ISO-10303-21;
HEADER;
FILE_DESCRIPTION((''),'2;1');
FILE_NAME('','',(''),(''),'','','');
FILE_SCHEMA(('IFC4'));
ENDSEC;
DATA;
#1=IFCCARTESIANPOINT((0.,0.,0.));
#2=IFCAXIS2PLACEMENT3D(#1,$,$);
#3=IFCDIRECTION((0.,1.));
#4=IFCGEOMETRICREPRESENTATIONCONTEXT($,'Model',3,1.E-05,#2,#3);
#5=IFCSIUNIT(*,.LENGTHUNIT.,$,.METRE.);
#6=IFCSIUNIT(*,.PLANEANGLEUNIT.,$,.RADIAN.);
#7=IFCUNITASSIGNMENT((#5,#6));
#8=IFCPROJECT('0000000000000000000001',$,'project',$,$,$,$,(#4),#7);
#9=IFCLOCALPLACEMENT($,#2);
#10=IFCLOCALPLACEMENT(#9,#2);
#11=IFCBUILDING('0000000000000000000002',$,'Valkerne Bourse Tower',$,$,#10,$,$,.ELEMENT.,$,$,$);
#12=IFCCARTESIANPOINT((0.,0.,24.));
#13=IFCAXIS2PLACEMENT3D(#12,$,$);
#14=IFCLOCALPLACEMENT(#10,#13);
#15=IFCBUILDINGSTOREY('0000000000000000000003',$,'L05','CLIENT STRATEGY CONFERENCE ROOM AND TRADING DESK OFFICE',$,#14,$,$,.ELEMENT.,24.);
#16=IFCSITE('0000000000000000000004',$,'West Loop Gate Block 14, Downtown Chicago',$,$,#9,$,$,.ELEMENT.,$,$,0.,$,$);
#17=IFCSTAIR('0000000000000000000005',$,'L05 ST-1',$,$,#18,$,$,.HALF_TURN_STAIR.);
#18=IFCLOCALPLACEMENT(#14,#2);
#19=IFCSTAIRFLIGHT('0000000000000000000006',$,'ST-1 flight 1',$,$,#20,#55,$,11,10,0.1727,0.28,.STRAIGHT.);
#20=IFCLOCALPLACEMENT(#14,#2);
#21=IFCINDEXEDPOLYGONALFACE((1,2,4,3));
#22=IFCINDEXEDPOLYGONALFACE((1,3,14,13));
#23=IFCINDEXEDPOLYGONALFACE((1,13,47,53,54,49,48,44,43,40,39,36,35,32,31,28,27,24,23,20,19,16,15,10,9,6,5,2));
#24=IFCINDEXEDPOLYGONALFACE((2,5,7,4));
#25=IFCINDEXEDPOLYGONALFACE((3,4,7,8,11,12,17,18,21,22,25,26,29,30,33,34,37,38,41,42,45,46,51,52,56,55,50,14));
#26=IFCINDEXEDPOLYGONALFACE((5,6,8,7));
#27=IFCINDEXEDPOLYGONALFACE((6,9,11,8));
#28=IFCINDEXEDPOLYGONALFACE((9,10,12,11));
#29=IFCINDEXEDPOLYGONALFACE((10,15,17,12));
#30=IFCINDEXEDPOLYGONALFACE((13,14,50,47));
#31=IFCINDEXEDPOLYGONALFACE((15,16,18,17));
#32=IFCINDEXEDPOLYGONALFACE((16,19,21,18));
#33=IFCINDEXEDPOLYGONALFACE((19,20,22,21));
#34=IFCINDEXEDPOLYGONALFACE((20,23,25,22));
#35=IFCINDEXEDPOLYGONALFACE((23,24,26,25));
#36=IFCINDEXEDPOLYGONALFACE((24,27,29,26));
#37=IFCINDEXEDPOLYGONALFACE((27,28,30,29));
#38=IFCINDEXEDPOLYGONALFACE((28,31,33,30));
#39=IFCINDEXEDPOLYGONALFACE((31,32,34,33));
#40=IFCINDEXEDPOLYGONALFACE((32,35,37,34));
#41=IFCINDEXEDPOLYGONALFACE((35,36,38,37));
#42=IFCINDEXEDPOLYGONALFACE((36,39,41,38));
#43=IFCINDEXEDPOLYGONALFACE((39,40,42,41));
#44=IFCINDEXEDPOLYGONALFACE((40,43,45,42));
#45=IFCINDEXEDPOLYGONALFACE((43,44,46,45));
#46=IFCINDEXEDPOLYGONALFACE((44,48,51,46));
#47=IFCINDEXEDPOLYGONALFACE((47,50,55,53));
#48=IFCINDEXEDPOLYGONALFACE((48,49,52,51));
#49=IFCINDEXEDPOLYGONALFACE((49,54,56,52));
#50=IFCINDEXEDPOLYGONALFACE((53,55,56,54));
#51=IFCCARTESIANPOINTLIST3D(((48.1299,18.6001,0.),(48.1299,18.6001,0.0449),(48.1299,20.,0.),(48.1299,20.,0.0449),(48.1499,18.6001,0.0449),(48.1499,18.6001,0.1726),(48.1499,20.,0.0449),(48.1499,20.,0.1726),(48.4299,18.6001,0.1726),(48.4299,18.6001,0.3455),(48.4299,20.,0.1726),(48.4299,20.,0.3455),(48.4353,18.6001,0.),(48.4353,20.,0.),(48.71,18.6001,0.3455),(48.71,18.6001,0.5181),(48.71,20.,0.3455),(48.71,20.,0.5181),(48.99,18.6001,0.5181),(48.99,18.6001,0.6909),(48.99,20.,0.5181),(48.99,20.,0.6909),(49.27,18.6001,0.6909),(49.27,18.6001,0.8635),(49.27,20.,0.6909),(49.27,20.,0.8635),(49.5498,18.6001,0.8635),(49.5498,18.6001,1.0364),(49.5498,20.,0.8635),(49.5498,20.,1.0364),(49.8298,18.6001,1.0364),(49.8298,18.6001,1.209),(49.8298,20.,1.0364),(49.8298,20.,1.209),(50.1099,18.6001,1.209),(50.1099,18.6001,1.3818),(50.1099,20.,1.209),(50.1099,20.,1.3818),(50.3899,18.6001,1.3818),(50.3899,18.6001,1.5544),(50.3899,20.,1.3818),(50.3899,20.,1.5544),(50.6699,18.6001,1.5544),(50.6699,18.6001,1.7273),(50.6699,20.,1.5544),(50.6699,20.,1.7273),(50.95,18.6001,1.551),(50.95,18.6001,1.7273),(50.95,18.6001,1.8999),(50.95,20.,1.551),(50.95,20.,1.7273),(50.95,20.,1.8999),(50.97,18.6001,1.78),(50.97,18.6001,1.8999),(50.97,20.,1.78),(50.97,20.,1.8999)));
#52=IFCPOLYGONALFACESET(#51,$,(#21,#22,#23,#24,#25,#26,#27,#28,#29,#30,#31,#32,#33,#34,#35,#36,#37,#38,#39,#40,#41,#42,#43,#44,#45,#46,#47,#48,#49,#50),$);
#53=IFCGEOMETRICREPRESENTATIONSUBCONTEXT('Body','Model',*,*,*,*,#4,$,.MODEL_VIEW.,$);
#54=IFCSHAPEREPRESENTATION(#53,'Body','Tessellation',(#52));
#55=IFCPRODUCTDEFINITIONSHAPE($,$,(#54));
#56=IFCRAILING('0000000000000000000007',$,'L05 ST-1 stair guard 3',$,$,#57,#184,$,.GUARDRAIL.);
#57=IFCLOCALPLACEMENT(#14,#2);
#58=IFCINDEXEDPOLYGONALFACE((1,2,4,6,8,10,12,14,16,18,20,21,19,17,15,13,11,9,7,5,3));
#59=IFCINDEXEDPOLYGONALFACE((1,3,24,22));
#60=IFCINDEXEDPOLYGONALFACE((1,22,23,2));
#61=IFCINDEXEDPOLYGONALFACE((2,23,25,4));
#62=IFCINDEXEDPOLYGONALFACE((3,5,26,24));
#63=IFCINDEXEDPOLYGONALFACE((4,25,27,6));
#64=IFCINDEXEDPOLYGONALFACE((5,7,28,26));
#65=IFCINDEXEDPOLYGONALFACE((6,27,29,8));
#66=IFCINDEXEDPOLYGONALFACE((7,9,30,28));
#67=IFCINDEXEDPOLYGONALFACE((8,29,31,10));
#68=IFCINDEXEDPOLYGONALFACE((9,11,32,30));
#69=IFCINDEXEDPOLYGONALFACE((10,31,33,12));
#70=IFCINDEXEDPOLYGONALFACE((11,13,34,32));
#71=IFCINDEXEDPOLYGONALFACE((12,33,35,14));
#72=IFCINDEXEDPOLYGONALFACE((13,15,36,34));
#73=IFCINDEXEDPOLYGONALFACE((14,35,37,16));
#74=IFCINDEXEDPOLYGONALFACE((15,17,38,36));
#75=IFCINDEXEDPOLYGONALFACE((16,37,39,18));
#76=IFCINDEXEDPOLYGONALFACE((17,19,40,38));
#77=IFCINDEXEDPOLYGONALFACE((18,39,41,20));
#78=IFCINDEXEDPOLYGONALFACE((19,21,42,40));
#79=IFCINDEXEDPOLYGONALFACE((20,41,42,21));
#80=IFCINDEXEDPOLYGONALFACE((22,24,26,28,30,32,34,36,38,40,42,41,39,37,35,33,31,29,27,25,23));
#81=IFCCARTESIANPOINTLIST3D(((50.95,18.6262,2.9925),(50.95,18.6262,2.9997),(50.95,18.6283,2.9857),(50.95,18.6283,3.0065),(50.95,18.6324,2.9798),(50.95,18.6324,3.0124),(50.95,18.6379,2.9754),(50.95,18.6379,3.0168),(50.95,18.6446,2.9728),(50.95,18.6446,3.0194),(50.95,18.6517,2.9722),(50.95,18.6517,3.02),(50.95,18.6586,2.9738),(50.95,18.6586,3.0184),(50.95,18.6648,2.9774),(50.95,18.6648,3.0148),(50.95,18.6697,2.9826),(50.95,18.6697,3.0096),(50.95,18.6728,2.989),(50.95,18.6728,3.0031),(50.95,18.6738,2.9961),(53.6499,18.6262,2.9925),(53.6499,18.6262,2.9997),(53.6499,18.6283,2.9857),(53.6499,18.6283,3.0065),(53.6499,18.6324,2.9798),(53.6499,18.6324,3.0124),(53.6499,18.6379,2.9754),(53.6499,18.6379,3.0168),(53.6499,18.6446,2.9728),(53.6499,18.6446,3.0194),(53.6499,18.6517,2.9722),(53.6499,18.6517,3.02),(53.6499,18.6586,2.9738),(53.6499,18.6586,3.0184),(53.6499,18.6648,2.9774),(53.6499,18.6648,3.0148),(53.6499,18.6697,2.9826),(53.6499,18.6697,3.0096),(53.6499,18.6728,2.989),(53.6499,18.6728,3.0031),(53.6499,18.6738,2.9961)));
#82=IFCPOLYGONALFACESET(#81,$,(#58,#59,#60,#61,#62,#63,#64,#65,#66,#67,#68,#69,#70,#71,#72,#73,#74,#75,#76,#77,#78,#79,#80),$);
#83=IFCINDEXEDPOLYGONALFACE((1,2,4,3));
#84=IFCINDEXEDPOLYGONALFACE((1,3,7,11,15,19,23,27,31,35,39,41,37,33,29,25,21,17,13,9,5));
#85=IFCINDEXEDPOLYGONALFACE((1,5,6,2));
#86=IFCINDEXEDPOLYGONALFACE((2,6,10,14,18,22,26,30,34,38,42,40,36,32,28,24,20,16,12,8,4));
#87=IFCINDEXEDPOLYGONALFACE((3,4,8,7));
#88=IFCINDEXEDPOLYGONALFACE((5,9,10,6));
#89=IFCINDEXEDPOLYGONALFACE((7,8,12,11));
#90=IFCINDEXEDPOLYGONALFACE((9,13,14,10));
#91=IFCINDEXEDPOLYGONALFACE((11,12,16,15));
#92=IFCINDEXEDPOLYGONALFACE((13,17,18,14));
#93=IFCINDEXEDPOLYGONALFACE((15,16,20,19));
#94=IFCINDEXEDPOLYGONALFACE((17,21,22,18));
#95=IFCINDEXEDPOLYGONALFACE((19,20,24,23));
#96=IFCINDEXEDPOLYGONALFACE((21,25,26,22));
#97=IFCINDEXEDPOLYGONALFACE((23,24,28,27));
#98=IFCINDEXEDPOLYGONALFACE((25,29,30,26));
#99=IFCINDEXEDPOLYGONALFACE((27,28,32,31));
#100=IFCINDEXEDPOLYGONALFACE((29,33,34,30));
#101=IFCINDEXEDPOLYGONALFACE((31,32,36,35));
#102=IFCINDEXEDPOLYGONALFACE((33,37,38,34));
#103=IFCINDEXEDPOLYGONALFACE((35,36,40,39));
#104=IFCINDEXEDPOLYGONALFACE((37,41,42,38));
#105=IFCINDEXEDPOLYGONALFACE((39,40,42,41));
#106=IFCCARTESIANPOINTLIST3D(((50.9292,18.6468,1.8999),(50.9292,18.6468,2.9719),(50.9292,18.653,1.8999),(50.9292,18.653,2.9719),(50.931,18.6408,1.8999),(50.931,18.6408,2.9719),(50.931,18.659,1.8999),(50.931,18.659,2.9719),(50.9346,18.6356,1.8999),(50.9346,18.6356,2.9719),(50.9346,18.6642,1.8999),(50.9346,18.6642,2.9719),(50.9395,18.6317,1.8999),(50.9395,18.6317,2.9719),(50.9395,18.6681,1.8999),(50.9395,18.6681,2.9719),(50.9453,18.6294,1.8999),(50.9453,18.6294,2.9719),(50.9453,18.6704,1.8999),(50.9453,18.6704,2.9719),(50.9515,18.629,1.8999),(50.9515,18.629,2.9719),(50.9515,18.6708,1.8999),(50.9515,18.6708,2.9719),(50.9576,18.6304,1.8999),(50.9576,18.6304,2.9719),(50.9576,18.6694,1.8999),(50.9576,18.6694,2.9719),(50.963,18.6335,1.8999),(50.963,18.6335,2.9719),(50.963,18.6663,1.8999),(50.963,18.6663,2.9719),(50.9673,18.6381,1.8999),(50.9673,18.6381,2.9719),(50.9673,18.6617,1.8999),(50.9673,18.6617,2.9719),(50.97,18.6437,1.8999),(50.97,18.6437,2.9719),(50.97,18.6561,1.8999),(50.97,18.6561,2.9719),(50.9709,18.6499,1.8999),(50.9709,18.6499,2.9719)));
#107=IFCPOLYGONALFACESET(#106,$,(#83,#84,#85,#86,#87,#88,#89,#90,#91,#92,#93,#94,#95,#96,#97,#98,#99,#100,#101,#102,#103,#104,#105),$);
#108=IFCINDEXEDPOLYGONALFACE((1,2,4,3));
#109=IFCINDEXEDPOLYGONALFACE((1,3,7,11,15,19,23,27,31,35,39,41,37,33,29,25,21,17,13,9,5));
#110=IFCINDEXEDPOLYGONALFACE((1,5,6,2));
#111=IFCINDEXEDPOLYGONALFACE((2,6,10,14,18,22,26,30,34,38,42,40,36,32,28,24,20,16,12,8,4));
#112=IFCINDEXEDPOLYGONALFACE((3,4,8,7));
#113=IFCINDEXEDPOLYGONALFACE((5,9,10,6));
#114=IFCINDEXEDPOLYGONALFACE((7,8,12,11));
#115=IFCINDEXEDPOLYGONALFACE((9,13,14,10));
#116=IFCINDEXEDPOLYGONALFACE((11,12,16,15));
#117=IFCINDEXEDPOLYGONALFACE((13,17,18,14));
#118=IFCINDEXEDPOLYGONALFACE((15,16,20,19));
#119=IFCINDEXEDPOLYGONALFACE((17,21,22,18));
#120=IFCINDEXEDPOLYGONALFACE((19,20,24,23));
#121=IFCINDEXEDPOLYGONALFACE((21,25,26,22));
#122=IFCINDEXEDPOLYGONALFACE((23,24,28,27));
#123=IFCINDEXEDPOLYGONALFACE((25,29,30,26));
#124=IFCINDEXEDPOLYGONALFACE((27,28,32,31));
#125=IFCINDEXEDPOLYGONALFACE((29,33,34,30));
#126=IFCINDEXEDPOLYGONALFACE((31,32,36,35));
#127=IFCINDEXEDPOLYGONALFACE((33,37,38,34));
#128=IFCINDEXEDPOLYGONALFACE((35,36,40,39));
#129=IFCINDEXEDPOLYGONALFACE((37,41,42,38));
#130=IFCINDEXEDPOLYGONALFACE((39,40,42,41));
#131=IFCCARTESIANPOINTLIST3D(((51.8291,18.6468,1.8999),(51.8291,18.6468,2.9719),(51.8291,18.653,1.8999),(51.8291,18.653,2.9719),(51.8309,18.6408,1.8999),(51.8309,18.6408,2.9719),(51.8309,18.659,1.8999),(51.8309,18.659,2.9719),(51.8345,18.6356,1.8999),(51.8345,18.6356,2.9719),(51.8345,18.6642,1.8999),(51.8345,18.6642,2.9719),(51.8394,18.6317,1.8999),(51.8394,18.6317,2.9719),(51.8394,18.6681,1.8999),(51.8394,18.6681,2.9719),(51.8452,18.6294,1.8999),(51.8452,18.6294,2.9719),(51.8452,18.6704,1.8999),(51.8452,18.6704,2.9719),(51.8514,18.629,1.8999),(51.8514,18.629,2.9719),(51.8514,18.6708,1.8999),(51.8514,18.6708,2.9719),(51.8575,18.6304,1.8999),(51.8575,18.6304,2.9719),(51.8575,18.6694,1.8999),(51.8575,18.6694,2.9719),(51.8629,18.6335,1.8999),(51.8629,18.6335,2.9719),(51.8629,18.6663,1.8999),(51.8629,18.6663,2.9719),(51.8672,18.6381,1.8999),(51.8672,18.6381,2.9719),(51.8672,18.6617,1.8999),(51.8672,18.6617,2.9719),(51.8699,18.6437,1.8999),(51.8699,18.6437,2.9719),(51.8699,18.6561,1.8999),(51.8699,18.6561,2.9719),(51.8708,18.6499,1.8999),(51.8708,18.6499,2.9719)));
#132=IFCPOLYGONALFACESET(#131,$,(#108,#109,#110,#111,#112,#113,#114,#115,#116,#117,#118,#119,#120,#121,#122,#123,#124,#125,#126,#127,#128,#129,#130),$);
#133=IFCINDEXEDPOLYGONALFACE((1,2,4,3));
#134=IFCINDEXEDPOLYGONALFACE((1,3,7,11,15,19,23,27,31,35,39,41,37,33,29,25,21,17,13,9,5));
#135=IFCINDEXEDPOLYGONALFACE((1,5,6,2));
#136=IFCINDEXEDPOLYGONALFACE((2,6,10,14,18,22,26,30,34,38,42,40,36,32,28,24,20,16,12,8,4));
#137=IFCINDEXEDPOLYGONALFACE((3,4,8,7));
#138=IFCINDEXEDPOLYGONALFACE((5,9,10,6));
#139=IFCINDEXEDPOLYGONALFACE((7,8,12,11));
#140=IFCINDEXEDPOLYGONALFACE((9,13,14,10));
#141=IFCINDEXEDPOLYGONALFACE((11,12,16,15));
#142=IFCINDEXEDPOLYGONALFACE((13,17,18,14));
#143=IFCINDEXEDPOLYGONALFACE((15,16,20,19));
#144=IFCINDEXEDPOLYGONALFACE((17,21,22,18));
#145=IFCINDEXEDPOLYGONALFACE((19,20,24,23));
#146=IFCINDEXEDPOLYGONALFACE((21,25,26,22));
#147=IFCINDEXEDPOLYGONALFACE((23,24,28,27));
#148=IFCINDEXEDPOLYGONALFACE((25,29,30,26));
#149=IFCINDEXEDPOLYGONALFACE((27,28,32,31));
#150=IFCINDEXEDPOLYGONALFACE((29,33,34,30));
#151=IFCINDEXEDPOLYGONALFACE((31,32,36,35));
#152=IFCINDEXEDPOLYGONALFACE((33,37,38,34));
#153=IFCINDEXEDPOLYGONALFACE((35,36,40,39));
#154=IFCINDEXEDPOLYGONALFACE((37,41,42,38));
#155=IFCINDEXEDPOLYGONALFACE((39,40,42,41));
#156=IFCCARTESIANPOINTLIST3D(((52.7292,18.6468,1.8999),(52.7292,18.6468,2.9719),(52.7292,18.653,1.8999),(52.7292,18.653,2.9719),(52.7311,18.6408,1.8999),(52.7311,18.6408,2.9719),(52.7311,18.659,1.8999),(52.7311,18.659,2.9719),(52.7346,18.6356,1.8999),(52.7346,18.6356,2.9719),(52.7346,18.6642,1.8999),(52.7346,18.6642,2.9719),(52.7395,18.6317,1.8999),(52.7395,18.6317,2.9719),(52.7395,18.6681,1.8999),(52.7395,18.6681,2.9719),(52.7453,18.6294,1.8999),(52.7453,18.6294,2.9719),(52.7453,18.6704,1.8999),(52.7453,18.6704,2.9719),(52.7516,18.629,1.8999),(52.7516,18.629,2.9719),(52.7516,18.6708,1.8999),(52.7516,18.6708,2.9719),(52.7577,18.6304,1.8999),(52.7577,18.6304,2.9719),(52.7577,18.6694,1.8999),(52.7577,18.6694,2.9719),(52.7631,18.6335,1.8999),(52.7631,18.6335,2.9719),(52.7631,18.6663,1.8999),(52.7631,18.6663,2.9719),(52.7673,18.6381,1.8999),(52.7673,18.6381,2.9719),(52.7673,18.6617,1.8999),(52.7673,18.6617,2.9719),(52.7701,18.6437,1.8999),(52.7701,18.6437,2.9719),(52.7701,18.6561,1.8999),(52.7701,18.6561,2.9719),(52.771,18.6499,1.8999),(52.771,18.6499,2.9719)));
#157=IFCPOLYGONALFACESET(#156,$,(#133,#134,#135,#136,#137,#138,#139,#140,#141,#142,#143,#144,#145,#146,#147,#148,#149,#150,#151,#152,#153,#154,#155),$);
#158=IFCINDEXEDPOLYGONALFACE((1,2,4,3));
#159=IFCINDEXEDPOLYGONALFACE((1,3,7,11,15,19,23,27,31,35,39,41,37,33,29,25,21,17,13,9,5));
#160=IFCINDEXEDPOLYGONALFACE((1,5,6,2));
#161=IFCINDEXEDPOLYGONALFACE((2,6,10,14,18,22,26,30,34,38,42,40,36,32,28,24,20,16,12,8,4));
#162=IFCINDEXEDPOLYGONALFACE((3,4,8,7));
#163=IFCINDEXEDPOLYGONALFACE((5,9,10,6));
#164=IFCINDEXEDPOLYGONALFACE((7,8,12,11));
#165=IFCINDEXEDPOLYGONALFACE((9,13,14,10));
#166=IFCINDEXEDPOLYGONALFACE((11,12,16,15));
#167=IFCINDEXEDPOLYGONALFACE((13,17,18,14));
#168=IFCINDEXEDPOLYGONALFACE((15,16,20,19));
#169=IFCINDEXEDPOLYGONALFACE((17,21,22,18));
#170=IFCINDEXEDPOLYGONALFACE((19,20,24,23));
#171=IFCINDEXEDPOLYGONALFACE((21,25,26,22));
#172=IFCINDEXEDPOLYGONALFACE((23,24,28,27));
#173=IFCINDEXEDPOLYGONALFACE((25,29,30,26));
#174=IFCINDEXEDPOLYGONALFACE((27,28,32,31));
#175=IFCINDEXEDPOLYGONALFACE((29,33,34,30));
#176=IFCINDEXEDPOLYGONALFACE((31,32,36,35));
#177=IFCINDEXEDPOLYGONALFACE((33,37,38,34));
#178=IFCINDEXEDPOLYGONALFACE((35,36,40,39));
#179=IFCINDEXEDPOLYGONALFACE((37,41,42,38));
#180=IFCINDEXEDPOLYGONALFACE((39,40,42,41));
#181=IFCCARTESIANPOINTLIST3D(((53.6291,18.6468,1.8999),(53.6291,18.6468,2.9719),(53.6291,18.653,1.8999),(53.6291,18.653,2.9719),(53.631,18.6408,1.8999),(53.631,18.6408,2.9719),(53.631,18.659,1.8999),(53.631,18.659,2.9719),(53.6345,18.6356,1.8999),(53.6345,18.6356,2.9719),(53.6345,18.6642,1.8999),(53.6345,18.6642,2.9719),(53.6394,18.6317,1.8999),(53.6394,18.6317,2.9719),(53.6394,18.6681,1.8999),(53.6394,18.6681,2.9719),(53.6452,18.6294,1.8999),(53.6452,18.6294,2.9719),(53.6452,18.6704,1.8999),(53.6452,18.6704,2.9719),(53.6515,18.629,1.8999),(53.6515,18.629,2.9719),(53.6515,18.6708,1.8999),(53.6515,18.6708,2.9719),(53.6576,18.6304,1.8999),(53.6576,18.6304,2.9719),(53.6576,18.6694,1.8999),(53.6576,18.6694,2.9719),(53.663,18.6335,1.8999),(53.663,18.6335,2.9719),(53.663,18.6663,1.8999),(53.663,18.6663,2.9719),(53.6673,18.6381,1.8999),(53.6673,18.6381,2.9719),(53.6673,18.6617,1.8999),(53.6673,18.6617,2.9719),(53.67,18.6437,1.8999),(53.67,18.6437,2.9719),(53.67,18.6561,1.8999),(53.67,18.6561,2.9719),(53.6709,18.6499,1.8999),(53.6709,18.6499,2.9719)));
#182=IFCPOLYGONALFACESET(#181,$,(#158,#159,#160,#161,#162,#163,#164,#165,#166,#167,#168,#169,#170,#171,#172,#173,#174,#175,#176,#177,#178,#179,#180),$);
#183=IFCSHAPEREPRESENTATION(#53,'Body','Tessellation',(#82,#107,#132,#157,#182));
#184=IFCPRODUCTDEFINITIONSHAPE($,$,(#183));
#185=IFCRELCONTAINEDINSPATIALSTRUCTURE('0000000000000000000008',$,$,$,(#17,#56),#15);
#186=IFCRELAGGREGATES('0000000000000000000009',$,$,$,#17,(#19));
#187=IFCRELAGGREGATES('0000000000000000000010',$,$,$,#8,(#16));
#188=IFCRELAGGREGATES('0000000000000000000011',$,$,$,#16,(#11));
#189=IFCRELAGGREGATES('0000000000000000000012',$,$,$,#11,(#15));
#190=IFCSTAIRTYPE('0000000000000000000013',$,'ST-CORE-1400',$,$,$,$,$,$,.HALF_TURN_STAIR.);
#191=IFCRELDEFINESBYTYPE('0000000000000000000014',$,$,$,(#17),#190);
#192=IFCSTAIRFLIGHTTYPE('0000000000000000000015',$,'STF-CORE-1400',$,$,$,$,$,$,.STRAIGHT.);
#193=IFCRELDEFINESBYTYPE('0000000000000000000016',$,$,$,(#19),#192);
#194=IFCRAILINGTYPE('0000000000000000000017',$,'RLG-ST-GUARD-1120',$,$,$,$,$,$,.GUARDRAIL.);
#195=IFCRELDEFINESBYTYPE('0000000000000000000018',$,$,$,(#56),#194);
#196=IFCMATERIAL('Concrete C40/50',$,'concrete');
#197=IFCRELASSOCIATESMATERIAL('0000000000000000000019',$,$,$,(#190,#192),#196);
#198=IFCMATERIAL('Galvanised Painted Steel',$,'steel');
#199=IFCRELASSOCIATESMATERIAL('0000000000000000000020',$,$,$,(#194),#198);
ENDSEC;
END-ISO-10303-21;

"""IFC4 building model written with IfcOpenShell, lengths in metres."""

from ifc_helpers import new_model, si_unit, direction, frame, origin, origin_2d, place, context, subcontext, project, spatial, polyline, circle, outline, extrude, material, type_object, element, aggregate, save


model = new_model("IFC4")

# Units and contexts
model_context = context("Model", 3, precision=1e-05, world=origin(), true_north=direction((0.0, 1.0)))
body_context = subcontext(model_context, "Body", "Model", "MODEL_VIEW")
ifc_project = project(units=[si_unit("LENGTHUNIT", "METRE"), si_unit("PLANEANGLEUNIT", "RADIAN")], contexts=[model_context])

# Site, building, storey
site_placement = place(None, origin())
site = spatial("IfcSite", under=ifc_project, at=site_placement, Name="West Loop Gate Block 14, Downtown Chicago", CompositionType="ELEMENT", RefElevation=0.0)
building_placement = place(site_placement, origin())
building = spatial("IfcBuilding", under=site, at=building_placement, Name="Valkerne Bourse Tower", CompositionType="ELEMENT")
storey_placement = place(building_placement, frame((0.0, 0.0, 24.0)))
storey = spatial("IfcBuildingStorey", under=building, at=storey_placement, Name="L05", Description="CLIENT STRATEGY CONFERENCE ROOM AND TRADING DESK OFFICE", CompositionType="ELEMENT", Elevation=24.0)

# Shared definitions
ifc_material_1 = material(Name="Galvanised Painted Steel", Category="steel")

# Shared definitions
ifc_material_2 = material(Name="Concrete C40/50", Category="concrete")

# Stair, stair flight
stair_type = type_object("IfcStairType", Name="ST-CORE-1400", PredefinedType="HALF_TURN_STAIR", material=ifc_material_2)
stair_placement = place(storey_placement, origin())
stair = element("IfcStair", 1, at=stair_placement, inside=storey, type_object=stair_type, Name="L05 ST-1", PredefinedType="HALF_TURN_STAIR")
stair_flight_type = type_object("IfcStairFlightType", Name="STF-CORE-1400", PredefinedType="STRAIGHT", material=ifc_material_2)
stair_flight_placement = place(storey_placement, frame((48.1499, 19.3, 0.0), z_axis=(0.0, 0.0, 1.0), x_axis=(1.0, 0.0, 0.0)))
stair_flight = element("IfcStairFlight", 2, at=stair_flight_placement, type_object=stair_flight_type, Name="ST-1 flight 1", NumberOfRisers=11, NumberOfTreads=10, PredefinedType="STRAIGHT", RiserHeight=0.1727, TreadLength=0.28, context=body_context, shape_type="SweptSolid", body=[
    extrude(outline(polyline([(-0.02, 0.0), (-0.02, 0.0449), (0.0, 0.0449), (0.0, 0.1726), (0.28, 0.1726), (0.28, 0.3455), (0.5601, 0.3455), (0.5601, 0.5181), (0.8401, 0.5181), (0.8401, 0.6909), (1.1201, 0.6909), (1.1201, 0.8635), (1.3999, 0.8635), (1.3999, 1.0364), (1.6799, 1.0364), (1.6799, 1.209), (1.96, 1.209), (1.96, 1.3818), (2.24, 1.3818), (2.24, 1.5544), (2.52, 1.5544), (2.52, 1.7273), (2.8, 1.7273), (2.8, 1.8999), (2.8201, 1.8999), (2.8201, 1.78), (2.8, 1.551), (0.2854, 0.0), (-0.02, 0.0)])), frame((0.0, 0.7, 0.0), z_axis=(0.0, -1.0, 0.0), x_axis=(1.0, 0.0, 0.0)), (0.0, 0.0, 1.0), 1.3999),
])
aggregate(stair, [stair_flight])

# Railing
railing_type_1 = type_object("IfcRailingType", Name="RLG-ST-GUARD-1120", PredefinedType="GUARDRAIL", material=ifc_material_1)
railing_1_placement = place(storey_placement, frame((50.95, 18.6499, 1.8999)))
element("IfcRailing", 3, at=railing_1_placement, inside=storey, type_object=railing_type_1, Name="L05 ST-1 stair guard 3", PredefinedType="GUARDRAIL", context=body_context, shape_type="SweptSolid", body=[
    extrude(circle(Radius=0.0239, at=origin_2d()), frame((0.0, 0.0, 1.0962), z_axis=(1.0, 0.0, 0.0), x_axis=(0.0, 1.0, 0.0)), (0.0, 0.0, 1.0), 2.7),
    extrude(circle(Radius=0.021, at=origin_2d()), origin(), (0.0, 0.0, 1.0), 1.072),
    extrude(circle(Radius=0.021, at=origin_2d()), frame((0.8999, 0.0, 0.0)), (0.0, 0.0, 1.0), 1.072),
    extrude(circle(Radius=0.021, at=origin_2d()), frame((1.8, 0.0, 0.0)), (0.0, 0.0, 1.0), 1.072),
    extrude(circle(Radius=0.021, at=origin_2d()), frame((2.7, 0.0, 0.0)), (0.0, 0.0, 1.0), 1.072),
])

save(model, "model.ifc")
